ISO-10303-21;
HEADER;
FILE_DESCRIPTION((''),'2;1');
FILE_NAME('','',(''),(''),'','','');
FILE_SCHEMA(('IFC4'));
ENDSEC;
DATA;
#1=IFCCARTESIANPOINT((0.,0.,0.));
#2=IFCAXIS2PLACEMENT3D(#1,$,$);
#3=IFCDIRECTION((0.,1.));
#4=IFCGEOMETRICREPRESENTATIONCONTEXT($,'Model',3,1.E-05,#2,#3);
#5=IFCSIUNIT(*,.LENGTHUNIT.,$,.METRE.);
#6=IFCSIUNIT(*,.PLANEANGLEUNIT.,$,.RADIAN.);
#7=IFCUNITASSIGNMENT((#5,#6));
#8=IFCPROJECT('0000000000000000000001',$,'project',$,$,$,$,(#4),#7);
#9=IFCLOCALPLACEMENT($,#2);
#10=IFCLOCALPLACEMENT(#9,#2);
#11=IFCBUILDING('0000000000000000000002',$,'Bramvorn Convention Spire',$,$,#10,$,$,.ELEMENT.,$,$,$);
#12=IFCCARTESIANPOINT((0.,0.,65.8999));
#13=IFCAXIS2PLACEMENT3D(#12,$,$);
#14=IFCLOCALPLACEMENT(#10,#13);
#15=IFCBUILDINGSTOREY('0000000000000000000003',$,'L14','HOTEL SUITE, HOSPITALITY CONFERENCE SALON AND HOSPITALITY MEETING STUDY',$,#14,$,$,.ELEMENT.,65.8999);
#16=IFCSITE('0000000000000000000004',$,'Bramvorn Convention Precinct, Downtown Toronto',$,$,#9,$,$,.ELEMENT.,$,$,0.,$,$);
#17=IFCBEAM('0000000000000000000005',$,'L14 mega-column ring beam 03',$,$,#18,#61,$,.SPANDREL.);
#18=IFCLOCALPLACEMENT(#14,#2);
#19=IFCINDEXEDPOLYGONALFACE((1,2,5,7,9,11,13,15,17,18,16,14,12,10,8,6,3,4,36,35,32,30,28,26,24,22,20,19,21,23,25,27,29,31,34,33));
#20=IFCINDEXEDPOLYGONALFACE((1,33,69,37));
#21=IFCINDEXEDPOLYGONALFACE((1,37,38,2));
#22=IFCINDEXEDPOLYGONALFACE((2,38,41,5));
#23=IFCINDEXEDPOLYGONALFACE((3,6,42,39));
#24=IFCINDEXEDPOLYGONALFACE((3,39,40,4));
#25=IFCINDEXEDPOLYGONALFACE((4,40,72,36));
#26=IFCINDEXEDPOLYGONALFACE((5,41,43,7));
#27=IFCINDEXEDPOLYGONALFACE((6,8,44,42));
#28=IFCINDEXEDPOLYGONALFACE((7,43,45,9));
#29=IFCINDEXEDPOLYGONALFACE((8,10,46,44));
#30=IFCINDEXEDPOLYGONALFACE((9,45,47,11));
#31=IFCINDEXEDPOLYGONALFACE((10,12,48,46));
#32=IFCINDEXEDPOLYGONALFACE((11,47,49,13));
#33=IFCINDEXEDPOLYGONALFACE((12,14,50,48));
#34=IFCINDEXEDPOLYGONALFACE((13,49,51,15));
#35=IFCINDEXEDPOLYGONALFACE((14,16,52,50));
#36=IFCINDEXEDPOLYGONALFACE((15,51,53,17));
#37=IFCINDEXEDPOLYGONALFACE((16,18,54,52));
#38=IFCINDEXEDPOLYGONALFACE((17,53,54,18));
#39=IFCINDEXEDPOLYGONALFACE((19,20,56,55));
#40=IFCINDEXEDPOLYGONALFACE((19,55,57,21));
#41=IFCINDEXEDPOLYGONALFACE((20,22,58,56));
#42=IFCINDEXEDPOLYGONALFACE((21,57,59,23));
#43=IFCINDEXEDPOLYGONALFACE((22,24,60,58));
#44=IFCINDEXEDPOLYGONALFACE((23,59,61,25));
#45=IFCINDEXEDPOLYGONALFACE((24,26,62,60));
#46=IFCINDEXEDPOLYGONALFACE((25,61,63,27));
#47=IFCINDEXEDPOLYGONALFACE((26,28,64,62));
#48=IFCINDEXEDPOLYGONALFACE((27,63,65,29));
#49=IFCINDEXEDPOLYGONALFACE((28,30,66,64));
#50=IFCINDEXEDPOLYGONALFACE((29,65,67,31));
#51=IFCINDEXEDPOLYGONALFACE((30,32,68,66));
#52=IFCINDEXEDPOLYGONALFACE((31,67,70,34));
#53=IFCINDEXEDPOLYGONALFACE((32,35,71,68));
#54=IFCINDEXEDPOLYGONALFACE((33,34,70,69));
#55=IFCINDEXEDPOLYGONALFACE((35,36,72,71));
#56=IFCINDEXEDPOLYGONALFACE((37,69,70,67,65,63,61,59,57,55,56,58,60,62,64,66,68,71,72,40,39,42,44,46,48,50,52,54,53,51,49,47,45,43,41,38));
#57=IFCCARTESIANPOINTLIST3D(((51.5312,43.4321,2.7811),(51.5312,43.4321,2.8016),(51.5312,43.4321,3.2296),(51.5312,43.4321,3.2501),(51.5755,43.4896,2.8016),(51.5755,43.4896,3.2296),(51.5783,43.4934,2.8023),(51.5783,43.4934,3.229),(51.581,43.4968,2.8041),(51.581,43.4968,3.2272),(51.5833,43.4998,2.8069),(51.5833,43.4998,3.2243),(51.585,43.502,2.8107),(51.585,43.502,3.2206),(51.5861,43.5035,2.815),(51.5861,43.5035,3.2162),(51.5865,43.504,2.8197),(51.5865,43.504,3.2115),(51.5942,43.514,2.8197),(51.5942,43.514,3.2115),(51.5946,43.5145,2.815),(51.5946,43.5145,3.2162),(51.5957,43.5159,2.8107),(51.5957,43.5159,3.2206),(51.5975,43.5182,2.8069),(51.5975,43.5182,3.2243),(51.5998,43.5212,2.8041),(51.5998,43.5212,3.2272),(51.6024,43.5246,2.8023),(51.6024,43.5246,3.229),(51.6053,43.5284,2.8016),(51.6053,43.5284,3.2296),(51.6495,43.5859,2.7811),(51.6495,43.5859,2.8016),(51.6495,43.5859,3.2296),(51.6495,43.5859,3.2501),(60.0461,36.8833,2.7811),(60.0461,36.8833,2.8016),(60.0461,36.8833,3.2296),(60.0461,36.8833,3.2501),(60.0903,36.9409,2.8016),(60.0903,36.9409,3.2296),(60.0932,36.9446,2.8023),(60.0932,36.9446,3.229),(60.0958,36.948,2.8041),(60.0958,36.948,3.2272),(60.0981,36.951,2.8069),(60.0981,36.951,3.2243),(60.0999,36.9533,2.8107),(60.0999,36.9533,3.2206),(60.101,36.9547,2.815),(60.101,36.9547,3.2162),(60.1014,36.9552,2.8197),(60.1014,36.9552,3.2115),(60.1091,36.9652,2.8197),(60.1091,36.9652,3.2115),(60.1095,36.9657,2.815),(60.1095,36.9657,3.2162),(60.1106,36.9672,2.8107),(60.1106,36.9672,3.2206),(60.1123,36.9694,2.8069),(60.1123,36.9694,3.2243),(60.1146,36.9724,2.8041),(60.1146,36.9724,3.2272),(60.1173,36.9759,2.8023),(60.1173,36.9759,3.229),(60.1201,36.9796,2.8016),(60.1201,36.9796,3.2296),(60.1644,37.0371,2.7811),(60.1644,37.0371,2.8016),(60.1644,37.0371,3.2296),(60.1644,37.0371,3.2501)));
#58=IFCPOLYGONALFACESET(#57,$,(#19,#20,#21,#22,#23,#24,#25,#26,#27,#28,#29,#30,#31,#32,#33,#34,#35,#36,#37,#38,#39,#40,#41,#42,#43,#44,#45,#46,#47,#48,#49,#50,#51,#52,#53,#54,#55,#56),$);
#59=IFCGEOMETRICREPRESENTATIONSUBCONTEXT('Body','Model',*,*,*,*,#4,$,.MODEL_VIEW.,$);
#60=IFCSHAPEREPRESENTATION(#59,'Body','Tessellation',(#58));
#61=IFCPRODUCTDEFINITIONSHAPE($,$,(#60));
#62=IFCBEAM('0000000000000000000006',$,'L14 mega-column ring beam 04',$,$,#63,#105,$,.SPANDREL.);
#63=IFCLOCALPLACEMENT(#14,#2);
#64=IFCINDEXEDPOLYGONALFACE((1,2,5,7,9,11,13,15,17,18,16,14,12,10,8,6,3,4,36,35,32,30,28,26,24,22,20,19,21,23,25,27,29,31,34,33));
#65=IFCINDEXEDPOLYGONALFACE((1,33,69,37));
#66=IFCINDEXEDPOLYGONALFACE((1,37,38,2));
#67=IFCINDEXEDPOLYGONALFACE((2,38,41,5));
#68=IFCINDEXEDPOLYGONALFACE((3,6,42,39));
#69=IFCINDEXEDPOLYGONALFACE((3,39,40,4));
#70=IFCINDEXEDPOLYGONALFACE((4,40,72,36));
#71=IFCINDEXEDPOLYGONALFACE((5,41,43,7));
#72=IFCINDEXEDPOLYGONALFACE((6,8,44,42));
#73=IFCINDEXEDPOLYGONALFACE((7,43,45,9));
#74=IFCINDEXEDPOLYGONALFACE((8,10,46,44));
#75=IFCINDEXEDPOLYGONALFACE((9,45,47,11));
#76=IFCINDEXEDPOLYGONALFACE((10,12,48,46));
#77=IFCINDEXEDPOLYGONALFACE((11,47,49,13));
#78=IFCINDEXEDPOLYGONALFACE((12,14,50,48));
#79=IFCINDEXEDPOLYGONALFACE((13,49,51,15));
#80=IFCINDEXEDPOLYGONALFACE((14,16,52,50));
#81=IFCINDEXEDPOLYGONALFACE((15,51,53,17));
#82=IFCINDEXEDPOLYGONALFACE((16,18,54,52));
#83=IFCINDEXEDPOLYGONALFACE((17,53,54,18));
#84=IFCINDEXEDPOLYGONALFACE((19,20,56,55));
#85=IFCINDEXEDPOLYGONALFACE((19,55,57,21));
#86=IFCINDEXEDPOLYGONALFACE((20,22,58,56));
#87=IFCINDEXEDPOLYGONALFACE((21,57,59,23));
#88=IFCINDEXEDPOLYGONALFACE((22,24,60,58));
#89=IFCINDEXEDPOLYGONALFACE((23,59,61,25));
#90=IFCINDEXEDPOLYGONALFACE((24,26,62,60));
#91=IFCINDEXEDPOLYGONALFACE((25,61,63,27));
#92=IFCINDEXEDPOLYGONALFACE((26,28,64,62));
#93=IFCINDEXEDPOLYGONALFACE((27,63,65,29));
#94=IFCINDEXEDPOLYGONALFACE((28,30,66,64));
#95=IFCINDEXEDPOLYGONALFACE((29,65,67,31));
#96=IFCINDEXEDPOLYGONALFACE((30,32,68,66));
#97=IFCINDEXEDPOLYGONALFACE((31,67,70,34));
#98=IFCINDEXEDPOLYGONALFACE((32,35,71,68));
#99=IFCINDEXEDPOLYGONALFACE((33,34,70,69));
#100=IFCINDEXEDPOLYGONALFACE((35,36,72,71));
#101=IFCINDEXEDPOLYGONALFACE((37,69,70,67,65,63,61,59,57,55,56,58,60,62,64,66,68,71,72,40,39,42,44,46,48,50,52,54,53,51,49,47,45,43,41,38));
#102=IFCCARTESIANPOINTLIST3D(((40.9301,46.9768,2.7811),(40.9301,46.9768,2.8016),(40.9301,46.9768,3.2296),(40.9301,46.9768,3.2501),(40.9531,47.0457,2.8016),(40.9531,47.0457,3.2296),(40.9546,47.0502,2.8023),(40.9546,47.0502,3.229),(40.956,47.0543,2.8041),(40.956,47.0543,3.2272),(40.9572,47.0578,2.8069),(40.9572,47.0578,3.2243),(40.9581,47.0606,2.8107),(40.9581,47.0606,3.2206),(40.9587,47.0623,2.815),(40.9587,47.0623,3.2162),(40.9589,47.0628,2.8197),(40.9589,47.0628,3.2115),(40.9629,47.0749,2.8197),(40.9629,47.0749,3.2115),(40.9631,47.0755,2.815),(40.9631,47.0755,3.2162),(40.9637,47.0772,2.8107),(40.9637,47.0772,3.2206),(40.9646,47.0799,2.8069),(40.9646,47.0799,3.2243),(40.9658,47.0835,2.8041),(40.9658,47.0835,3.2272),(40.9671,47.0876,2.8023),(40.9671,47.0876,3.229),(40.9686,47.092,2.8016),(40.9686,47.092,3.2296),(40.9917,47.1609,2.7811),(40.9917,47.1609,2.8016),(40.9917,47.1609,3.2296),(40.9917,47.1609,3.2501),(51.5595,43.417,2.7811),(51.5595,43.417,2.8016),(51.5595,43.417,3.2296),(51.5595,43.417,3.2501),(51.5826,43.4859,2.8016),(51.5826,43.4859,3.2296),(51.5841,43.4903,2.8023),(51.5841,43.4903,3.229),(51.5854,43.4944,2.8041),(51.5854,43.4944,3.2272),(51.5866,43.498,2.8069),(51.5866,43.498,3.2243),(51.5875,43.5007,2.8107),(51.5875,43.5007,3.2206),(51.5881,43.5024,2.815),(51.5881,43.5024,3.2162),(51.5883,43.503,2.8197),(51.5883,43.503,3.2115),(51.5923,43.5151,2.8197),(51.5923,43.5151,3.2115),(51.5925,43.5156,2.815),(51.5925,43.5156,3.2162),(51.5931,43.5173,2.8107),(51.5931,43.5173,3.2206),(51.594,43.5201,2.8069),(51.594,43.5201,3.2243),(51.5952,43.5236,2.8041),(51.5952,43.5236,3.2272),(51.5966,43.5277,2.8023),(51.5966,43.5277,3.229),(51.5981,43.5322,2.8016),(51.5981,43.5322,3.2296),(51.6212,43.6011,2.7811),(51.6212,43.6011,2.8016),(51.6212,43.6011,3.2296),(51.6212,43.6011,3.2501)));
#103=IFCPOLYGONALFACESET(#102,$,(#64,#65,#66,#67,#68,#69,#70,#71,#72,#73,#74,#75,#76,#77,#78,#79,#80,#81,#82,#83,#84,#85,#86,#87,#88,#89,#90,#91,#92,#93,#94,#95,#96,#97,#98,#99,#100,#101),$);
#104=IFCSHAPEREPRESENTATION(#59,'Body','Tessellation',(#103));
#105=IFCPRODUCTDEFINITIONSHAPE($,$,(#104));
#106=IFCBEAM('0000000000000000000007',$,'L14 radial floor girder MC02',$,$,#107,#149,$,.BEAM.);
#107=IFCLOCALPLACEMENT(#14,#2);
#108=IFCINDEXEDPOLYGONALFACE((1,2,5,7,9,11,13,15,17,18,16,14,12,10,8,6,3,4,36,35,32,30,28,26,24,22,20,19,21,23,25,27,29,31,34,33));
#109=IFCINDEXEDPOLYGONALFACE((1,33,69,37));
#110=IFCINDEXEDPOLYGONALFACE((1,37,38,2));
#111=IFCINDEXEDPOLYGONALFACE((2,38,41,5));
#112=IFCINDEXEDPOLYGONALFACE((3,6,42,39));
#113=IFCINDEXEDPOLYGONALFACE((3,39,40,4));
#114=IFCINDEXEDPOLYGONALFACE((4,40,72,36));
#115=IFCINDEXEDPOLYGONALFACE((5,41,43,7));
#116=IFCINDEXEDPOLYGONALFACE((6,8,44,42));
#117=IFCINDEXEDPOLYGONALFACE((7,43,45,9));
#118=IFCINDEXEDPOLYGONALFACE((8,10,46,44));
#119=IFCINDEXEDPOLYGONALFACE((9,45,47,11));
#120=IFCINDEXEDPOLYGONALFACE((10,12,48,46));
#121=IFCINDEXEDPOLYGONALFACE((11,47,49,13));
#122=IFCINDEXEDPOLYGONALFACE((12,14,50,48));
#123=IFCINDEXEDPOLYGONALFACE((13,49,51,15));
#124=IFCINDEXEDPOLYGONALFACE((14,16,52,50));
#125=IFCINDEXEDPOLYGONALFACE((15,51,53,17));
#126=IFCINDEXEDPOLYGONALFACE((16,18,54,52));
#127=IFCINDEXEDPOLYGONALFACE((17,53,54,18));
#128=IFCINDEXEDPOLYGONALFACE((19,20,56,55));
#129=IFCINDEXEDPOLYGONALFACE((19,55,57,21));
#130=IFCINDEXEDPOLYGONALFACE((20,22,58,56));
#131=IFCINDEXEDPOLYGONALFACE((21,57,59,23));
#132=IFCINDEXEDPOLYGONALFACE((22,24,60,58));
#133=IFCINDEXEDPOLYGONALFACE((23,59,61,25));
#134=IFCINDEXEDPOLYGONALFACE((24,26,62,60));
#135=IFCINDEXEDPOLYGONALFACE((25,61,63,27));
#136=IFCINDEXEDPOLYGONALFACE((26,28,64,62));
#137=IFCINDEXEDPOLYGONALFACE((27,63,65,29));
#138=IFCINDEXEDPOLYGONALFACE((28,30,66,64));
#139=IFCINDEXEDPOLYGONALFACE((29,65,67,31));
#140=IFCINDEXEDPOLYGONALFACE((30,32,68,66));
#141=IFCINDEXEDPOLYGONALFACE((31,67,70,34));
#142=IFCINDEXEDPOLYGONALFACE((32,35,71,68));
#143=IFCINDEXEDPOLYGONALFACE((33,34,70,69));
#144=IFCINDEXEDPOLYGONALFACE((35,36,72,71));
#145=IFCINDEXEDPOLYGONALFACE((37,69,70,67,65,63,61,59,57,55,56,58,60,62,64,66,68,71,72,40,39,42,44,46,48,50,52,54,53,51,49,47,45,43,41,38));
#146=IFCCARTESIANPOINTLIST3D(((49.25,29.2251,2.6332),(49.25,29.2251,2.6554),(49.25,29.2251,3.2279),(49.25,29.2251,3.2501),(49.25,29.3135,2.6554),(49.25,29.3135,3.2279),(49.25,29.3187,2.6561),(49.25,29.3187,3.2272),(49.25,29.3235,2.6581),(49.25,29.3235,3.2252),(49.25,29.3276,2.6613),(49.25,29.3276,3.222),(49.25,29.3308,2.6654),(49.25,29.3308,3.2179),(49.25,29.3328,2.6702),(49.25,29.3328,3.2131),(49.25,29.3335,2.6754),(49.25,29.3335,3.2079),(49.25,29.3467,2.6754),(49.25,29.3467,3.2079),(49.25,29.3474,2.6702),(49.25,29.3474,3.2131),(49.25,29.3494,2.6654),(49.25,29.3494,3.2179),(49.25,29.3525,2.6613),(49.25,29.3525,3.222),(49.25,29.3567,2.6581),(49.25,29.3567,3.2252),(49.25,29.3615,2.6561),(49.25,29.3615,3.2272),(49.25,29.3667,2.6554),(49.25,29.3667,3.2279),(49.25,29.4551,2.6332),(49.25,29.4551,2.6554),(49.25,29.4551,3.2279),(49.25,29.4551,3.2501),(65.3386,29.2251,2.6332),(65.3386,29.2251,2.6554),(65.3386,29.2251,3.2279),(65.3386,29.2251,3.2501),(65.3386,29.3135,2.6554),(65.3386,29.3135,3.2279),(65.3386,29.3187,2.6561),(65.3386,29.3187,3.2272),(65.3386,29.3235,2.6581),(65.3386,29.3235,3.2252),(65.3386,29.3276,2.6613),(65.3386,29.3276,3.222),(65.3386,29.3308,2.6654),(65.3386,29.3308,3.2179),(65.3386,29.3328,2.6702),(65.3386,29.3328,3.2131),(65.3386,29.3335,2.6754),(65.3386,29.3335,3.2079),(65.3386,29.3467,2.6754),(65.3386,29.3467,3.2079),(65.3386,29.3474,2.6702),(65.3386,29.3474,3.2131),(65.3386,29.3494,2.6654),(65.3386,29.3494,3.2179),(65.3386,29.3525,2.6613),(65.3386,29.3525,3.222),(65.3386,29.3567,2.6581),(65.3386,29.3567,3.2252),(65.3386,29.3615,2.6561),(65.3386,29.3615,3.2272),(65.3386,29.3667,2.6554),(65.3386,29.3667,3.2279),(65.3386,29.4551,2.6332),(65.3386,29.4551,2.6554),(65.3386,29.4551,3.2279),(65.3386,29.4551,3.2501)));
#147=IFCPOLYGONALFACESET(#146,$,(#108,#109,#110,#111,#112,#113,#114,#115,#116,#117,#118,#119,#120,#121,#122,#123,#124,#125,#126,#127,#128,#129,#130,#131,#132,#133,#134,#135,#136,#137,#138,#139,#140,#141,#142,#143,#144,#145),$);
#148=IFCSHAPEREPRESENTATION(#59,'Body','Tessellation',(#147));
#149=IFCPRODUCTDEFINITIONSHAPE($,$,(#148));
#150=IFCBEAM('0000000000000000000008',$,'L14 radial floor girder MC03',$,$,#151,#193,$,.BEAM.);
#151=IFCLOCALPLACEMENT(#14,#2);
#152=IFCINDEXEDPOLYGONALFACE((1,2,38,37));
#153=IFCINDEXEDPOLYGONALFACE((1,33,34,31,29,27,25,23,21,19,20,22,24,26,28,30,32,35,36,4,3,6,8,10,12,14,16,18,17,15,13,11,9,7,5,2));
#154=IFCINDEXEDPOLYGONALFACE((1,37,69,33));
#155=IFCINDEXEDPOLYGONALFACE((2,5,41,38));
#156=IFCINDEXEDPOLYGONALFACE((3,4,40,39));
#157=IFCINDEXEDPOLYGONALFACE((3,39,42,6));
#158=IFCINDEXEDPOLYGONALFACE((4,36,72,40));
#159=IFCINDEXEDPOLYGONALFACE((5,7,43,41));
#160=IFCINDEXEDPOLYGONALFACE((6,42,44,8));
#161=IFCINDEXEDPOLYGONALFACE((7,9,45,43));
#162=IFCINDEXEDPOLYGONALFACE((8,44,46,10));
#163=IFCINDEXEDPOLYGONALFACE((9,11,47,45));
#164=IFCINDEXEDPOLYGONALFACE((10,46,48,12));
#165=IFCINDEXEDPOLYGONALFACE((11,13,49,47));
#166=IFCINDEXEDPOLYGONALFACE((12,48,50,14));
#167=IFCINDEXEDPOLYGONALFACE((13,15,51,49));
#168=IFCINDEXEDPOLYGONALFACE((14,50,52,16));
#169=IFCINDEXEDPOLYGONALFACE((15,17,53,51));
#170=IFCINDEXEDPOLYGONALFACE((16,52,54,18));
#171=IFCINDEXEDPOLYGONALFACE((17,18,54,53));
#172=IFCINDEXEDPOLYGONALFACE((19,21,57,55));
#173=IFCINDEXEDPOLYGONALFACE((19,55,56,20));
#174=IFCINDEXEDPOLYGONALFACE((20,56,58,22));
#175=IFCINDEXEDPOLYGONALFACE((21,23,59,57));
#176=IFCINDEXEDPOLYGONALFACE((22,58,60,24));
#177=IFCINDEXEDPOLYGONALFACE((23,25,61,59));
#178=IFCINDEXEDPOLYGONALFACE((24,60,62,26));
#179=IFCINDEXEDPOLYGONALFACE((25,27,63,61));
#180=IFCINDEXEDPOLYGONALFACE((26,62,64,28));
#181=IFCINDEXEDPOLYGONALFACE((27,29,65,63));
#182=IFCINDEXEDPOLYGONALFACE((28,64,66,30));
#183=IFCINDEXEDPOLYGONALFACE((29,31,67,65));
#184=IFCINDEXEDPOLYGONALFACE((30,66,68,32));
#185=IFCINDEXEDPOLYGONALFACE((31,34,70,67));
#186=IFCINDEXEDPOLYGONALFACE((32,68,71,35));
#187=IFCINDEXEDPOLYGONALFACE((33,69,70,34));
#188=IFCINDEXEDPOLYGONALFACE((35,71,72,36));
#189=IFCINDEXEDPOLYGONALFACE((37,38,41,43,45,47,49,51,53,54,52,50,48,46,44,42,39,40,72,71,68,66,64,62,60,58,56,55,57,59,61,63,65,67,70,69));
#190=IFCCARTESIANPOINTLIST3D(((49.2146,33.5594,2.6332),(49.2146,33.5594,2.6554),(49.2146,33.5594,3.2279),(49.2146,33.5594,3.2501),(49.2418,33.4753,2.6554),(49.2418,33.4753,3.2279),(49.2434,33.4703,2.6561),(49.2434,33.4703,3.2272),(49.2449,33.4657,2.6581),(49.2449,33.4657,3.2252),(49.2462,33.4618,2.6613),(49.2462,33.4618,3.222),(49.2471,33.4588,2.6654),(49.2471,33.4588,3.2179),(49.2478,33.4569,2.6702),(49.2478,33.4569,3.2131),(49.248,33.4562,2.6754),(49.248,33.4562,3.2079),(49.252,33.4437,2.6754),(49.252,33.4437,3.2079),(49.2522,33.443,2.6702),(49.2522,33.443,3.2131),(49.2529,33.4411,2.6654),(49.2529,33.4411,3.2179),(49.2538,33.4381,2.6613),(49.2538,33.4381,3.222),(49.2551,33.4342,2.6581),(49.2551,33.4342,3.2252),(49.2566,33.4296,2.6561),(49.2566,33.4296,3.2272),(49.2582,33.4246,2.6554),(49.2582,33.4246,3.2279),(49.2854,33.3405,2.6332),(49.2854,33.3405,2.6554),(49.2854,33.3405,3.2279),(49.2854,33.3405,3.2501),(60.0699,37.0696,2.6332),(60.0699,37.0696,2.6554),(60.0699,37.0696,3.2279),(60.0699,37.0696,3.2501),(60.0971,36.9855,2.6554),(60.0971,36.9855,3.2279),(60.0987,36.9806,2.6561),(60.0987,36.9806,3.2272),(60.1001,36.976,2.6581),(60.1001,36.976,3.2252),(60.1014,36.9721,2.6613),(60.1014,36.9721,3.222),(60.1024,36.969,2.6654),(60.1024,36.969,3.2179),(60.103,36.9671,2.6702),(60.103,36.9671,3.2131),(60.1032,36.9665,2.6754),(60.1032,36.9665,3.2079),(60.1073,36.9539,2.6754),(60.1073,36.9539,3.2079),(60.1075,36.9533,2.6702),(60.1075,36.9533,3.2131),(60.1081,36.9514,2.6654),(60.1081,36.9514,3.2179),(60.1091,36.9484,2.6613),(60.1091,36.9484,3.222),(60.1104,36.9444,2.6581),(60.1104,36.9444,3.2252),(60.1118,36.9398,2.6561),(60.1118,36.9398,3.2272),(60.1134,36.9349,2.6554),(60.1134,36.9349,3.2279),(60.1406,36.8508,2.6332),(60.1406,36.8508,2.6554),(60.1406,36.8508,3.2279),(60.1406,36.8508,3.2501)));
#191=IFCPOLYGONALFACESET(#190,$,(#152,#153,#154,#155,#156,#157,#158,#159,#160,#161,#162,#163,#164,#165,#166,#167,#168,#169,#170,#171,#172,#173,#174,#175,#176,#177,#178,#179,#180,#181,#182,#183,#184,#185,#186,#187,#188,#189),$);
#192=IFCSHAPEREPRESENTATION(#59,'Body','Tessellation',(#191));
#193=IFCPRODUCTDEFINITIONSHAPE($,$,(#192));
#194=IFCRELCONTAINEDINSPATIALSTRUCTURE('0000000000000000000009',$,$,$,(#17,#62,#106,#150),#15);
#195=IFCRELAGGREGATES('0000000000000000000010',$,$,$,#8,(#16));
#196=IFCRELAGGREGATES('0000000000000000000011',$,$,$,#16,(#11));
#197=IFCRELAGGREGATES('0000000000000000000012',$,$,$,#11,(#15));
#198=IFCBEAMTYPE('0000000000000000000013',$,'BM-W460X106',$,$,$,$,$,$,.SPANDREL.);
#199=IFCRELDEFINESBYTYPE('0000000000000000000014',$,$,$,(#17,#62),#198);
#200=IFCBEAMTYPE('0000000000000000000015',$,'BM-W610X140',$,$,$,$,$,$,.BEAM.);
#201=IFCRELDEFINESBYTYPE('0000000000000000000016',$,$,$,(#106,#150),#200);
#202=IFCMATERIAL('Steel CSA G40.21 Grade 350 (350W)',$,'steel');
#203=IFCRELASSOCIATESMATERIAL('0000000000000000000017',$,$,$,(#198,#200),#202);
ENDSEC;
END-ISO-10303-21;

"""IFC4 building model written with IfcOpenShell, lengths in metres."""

from ifc_helpers import new_model, si_unit, direction, frame, origin, origin_2d, place, context, subcontext, project, spatial, i_section, extrude, material, material_profile, profile_set, type_object, element, save


model = new_model("IFC4")

# Units and contexts
model_context = context("Model", 3, precision=1e-05, world=origin(), true_north=direction((0.0, 1.0)))
body_context = subcontext(model_context, "Body", "Model", "MODEL_VIEW")
ifc_project = project(units=[si_unit("LENGTHUNIT", "METRE"), si_unit("PLANEANGLEUNIT", "RADIAN")], contexts=[model_context])

# Site, building, storey
site_placement = place(None, origin())
site = spatial("IfcSite", under=ifc_project, at=site_placement, Name="Bramvorn Convention Precinct, Downtown Toronto", CompositionType="ELEMENT", RefElevation=0.0)
building_placement = place(site_placement, origin())
building = spatial("IfcBuilding", under=site, at=building_placement, Name="Bramvorn Convention Spire", CompositionType="ELEMENT")
storey_placement = place(building_placement, frame((0.0, 0.0, 65.8999)))
storey = spatial("IfcBuildingStorey", under=building, at=storey_placement, Name="L14", Description="HOTEL SUITE, HOSPITALITY CONFERENCE SALON AND HOSPITALITY MEETING STUDY", CompositionType="ELEMENT", Elevation=65.8999)

# Shared definitions
ifc_material_1 = material(Name="Steel CSA G40.21 Grade 350 (350W)", Category="steel")

# Beams
ifc_material_profile_1 = material_profile(ifc_material_1, i_section(OverallWidth=0.1941, OverallDepth=0.469, WebThickness=0.0127, FlangeThickness=0.0205, FilletRadius=0.0181, at=origin_2d()))
ifc_profile_set_1 = profile_set([ifc_material_profile_1], Name="Steel CSA G40.21 Grade 350 (350W) - W460X106")
beam_type_1 = type_object("IfcBeamType", Name="BM-W460X106", PredefinedType="SPANDREL", material=ifc_profile_set_1)
beam_1_placement = place(storey_placement, frame((60.1052, 36.9602, 3.0156), z_axis=(-0.792673, 0.609647, 0.0), x_axis=(-0.609647, -0.792673, 0.0)))
element("IfcBeam", 1, at=beam_1_placement, inside=storey, type_object=beam_type_1, Name="L14 mega-column ring beam 03", PredefinedType="SPANDREL", context=body_context, shape_type="SweptSolid", body=[
    extrude(i_section(OverallWidth=0.1941, OverallDepth=0.469, WebThickness=0.0127, FlangeThickness=0.0205, FilletRadius=0.0181, at=origin_2d()), origin(), (0.0, 0.0, 1.0), 10.7419),
])
beam_2_placement = place(storey_placement, frame((51.5903, 43.509, 3.0156), z_axis=(-0.948236, 0.317567, 0.0), x_axis=(-0.317567, -0.948236, 0.0)))
element("IfcBeam", 2, at=beam_2_placement, inside=storey, type_object=beam_type_1, Name="L14 mega-column ring beam 04", PredefinedType="SPANDREL", context=body_context, shape_type="SweptSolid", body=[
    extrude(i_section(OverallWidth=0.1941, OverallDepth=0.469, WebThickness=0.0127, FlangeThickness=0.0205, FilletRadius=0.0181, at=origin_2d()), origin(), (0.0, 0.0, 1.0), 11.2097),
])
ifc_material_profile_2 = material_profile(ifc_material_1, i_section(OverallWidth=0.23, OverallDepth=0.6169, WebThickness=0.0132, FlangeThickness=0.0222, FilletRadius=0.02, at=origin_2d()))
ifc_profile_set_2 = profile_set([ifc_material_profile_2], Name="Steel CSA G40.21 Grade 350 (350W) - W610X140")
beam_type_2 = type_object("IfcBeamType", Name="BM-W610X140", PredefinedType="BEAM", material=ifc_profile_set_2)
beam_3_placement = place(storey_placement, frame((49.25, 29.3401, 2.9417), z_axis=(1.0, 0.0, 0.0), x_axis=(0.0, 1.0, 0.0)))
element("IfcBeam", 3, at=beam_3_placement, inside=storey, type_object=beam_type_2, Name="L14 radial floor girder MC02", PredefinedType="BEAM", context=body_context, shape_type="SweptSolid", body=[
    extrude(i_section(OverallWidth=0.23, OverallDepth=0.6169, WebThickness=0.0132, FlangeThickness=0.0222, FilletRadius=0.02, at=origin_2d()), origin(), (0.0, 0.0, 1.0), 16.0886),
])
beam_4_placement = place(storey_placement, frame((49.25, 33.45, 2.9417), z_axis=(0.951489, 0.307683, 0.0), x_axis=(-0.307683, 0.951489, 0.0)))
element("IfcBeam", 4, at=beam_4_placement, inside=storey, type_object=beam_type_2, Name="L14 radial floor girder MC03", PredefinedType="BEAM", context=body_context, shape_type="SweptSolid", body=[
    extrude(i_section(OverallWidth=0.23, OverallDepth=0.6169, WebThickness=0.0132, FlangeThickness=0.0222, FilletRadius=0.02, at=origin_2d()), origin(), (0.0, 0.0, 1.0), 11.4087),
])

save(model, "model.ifc")
